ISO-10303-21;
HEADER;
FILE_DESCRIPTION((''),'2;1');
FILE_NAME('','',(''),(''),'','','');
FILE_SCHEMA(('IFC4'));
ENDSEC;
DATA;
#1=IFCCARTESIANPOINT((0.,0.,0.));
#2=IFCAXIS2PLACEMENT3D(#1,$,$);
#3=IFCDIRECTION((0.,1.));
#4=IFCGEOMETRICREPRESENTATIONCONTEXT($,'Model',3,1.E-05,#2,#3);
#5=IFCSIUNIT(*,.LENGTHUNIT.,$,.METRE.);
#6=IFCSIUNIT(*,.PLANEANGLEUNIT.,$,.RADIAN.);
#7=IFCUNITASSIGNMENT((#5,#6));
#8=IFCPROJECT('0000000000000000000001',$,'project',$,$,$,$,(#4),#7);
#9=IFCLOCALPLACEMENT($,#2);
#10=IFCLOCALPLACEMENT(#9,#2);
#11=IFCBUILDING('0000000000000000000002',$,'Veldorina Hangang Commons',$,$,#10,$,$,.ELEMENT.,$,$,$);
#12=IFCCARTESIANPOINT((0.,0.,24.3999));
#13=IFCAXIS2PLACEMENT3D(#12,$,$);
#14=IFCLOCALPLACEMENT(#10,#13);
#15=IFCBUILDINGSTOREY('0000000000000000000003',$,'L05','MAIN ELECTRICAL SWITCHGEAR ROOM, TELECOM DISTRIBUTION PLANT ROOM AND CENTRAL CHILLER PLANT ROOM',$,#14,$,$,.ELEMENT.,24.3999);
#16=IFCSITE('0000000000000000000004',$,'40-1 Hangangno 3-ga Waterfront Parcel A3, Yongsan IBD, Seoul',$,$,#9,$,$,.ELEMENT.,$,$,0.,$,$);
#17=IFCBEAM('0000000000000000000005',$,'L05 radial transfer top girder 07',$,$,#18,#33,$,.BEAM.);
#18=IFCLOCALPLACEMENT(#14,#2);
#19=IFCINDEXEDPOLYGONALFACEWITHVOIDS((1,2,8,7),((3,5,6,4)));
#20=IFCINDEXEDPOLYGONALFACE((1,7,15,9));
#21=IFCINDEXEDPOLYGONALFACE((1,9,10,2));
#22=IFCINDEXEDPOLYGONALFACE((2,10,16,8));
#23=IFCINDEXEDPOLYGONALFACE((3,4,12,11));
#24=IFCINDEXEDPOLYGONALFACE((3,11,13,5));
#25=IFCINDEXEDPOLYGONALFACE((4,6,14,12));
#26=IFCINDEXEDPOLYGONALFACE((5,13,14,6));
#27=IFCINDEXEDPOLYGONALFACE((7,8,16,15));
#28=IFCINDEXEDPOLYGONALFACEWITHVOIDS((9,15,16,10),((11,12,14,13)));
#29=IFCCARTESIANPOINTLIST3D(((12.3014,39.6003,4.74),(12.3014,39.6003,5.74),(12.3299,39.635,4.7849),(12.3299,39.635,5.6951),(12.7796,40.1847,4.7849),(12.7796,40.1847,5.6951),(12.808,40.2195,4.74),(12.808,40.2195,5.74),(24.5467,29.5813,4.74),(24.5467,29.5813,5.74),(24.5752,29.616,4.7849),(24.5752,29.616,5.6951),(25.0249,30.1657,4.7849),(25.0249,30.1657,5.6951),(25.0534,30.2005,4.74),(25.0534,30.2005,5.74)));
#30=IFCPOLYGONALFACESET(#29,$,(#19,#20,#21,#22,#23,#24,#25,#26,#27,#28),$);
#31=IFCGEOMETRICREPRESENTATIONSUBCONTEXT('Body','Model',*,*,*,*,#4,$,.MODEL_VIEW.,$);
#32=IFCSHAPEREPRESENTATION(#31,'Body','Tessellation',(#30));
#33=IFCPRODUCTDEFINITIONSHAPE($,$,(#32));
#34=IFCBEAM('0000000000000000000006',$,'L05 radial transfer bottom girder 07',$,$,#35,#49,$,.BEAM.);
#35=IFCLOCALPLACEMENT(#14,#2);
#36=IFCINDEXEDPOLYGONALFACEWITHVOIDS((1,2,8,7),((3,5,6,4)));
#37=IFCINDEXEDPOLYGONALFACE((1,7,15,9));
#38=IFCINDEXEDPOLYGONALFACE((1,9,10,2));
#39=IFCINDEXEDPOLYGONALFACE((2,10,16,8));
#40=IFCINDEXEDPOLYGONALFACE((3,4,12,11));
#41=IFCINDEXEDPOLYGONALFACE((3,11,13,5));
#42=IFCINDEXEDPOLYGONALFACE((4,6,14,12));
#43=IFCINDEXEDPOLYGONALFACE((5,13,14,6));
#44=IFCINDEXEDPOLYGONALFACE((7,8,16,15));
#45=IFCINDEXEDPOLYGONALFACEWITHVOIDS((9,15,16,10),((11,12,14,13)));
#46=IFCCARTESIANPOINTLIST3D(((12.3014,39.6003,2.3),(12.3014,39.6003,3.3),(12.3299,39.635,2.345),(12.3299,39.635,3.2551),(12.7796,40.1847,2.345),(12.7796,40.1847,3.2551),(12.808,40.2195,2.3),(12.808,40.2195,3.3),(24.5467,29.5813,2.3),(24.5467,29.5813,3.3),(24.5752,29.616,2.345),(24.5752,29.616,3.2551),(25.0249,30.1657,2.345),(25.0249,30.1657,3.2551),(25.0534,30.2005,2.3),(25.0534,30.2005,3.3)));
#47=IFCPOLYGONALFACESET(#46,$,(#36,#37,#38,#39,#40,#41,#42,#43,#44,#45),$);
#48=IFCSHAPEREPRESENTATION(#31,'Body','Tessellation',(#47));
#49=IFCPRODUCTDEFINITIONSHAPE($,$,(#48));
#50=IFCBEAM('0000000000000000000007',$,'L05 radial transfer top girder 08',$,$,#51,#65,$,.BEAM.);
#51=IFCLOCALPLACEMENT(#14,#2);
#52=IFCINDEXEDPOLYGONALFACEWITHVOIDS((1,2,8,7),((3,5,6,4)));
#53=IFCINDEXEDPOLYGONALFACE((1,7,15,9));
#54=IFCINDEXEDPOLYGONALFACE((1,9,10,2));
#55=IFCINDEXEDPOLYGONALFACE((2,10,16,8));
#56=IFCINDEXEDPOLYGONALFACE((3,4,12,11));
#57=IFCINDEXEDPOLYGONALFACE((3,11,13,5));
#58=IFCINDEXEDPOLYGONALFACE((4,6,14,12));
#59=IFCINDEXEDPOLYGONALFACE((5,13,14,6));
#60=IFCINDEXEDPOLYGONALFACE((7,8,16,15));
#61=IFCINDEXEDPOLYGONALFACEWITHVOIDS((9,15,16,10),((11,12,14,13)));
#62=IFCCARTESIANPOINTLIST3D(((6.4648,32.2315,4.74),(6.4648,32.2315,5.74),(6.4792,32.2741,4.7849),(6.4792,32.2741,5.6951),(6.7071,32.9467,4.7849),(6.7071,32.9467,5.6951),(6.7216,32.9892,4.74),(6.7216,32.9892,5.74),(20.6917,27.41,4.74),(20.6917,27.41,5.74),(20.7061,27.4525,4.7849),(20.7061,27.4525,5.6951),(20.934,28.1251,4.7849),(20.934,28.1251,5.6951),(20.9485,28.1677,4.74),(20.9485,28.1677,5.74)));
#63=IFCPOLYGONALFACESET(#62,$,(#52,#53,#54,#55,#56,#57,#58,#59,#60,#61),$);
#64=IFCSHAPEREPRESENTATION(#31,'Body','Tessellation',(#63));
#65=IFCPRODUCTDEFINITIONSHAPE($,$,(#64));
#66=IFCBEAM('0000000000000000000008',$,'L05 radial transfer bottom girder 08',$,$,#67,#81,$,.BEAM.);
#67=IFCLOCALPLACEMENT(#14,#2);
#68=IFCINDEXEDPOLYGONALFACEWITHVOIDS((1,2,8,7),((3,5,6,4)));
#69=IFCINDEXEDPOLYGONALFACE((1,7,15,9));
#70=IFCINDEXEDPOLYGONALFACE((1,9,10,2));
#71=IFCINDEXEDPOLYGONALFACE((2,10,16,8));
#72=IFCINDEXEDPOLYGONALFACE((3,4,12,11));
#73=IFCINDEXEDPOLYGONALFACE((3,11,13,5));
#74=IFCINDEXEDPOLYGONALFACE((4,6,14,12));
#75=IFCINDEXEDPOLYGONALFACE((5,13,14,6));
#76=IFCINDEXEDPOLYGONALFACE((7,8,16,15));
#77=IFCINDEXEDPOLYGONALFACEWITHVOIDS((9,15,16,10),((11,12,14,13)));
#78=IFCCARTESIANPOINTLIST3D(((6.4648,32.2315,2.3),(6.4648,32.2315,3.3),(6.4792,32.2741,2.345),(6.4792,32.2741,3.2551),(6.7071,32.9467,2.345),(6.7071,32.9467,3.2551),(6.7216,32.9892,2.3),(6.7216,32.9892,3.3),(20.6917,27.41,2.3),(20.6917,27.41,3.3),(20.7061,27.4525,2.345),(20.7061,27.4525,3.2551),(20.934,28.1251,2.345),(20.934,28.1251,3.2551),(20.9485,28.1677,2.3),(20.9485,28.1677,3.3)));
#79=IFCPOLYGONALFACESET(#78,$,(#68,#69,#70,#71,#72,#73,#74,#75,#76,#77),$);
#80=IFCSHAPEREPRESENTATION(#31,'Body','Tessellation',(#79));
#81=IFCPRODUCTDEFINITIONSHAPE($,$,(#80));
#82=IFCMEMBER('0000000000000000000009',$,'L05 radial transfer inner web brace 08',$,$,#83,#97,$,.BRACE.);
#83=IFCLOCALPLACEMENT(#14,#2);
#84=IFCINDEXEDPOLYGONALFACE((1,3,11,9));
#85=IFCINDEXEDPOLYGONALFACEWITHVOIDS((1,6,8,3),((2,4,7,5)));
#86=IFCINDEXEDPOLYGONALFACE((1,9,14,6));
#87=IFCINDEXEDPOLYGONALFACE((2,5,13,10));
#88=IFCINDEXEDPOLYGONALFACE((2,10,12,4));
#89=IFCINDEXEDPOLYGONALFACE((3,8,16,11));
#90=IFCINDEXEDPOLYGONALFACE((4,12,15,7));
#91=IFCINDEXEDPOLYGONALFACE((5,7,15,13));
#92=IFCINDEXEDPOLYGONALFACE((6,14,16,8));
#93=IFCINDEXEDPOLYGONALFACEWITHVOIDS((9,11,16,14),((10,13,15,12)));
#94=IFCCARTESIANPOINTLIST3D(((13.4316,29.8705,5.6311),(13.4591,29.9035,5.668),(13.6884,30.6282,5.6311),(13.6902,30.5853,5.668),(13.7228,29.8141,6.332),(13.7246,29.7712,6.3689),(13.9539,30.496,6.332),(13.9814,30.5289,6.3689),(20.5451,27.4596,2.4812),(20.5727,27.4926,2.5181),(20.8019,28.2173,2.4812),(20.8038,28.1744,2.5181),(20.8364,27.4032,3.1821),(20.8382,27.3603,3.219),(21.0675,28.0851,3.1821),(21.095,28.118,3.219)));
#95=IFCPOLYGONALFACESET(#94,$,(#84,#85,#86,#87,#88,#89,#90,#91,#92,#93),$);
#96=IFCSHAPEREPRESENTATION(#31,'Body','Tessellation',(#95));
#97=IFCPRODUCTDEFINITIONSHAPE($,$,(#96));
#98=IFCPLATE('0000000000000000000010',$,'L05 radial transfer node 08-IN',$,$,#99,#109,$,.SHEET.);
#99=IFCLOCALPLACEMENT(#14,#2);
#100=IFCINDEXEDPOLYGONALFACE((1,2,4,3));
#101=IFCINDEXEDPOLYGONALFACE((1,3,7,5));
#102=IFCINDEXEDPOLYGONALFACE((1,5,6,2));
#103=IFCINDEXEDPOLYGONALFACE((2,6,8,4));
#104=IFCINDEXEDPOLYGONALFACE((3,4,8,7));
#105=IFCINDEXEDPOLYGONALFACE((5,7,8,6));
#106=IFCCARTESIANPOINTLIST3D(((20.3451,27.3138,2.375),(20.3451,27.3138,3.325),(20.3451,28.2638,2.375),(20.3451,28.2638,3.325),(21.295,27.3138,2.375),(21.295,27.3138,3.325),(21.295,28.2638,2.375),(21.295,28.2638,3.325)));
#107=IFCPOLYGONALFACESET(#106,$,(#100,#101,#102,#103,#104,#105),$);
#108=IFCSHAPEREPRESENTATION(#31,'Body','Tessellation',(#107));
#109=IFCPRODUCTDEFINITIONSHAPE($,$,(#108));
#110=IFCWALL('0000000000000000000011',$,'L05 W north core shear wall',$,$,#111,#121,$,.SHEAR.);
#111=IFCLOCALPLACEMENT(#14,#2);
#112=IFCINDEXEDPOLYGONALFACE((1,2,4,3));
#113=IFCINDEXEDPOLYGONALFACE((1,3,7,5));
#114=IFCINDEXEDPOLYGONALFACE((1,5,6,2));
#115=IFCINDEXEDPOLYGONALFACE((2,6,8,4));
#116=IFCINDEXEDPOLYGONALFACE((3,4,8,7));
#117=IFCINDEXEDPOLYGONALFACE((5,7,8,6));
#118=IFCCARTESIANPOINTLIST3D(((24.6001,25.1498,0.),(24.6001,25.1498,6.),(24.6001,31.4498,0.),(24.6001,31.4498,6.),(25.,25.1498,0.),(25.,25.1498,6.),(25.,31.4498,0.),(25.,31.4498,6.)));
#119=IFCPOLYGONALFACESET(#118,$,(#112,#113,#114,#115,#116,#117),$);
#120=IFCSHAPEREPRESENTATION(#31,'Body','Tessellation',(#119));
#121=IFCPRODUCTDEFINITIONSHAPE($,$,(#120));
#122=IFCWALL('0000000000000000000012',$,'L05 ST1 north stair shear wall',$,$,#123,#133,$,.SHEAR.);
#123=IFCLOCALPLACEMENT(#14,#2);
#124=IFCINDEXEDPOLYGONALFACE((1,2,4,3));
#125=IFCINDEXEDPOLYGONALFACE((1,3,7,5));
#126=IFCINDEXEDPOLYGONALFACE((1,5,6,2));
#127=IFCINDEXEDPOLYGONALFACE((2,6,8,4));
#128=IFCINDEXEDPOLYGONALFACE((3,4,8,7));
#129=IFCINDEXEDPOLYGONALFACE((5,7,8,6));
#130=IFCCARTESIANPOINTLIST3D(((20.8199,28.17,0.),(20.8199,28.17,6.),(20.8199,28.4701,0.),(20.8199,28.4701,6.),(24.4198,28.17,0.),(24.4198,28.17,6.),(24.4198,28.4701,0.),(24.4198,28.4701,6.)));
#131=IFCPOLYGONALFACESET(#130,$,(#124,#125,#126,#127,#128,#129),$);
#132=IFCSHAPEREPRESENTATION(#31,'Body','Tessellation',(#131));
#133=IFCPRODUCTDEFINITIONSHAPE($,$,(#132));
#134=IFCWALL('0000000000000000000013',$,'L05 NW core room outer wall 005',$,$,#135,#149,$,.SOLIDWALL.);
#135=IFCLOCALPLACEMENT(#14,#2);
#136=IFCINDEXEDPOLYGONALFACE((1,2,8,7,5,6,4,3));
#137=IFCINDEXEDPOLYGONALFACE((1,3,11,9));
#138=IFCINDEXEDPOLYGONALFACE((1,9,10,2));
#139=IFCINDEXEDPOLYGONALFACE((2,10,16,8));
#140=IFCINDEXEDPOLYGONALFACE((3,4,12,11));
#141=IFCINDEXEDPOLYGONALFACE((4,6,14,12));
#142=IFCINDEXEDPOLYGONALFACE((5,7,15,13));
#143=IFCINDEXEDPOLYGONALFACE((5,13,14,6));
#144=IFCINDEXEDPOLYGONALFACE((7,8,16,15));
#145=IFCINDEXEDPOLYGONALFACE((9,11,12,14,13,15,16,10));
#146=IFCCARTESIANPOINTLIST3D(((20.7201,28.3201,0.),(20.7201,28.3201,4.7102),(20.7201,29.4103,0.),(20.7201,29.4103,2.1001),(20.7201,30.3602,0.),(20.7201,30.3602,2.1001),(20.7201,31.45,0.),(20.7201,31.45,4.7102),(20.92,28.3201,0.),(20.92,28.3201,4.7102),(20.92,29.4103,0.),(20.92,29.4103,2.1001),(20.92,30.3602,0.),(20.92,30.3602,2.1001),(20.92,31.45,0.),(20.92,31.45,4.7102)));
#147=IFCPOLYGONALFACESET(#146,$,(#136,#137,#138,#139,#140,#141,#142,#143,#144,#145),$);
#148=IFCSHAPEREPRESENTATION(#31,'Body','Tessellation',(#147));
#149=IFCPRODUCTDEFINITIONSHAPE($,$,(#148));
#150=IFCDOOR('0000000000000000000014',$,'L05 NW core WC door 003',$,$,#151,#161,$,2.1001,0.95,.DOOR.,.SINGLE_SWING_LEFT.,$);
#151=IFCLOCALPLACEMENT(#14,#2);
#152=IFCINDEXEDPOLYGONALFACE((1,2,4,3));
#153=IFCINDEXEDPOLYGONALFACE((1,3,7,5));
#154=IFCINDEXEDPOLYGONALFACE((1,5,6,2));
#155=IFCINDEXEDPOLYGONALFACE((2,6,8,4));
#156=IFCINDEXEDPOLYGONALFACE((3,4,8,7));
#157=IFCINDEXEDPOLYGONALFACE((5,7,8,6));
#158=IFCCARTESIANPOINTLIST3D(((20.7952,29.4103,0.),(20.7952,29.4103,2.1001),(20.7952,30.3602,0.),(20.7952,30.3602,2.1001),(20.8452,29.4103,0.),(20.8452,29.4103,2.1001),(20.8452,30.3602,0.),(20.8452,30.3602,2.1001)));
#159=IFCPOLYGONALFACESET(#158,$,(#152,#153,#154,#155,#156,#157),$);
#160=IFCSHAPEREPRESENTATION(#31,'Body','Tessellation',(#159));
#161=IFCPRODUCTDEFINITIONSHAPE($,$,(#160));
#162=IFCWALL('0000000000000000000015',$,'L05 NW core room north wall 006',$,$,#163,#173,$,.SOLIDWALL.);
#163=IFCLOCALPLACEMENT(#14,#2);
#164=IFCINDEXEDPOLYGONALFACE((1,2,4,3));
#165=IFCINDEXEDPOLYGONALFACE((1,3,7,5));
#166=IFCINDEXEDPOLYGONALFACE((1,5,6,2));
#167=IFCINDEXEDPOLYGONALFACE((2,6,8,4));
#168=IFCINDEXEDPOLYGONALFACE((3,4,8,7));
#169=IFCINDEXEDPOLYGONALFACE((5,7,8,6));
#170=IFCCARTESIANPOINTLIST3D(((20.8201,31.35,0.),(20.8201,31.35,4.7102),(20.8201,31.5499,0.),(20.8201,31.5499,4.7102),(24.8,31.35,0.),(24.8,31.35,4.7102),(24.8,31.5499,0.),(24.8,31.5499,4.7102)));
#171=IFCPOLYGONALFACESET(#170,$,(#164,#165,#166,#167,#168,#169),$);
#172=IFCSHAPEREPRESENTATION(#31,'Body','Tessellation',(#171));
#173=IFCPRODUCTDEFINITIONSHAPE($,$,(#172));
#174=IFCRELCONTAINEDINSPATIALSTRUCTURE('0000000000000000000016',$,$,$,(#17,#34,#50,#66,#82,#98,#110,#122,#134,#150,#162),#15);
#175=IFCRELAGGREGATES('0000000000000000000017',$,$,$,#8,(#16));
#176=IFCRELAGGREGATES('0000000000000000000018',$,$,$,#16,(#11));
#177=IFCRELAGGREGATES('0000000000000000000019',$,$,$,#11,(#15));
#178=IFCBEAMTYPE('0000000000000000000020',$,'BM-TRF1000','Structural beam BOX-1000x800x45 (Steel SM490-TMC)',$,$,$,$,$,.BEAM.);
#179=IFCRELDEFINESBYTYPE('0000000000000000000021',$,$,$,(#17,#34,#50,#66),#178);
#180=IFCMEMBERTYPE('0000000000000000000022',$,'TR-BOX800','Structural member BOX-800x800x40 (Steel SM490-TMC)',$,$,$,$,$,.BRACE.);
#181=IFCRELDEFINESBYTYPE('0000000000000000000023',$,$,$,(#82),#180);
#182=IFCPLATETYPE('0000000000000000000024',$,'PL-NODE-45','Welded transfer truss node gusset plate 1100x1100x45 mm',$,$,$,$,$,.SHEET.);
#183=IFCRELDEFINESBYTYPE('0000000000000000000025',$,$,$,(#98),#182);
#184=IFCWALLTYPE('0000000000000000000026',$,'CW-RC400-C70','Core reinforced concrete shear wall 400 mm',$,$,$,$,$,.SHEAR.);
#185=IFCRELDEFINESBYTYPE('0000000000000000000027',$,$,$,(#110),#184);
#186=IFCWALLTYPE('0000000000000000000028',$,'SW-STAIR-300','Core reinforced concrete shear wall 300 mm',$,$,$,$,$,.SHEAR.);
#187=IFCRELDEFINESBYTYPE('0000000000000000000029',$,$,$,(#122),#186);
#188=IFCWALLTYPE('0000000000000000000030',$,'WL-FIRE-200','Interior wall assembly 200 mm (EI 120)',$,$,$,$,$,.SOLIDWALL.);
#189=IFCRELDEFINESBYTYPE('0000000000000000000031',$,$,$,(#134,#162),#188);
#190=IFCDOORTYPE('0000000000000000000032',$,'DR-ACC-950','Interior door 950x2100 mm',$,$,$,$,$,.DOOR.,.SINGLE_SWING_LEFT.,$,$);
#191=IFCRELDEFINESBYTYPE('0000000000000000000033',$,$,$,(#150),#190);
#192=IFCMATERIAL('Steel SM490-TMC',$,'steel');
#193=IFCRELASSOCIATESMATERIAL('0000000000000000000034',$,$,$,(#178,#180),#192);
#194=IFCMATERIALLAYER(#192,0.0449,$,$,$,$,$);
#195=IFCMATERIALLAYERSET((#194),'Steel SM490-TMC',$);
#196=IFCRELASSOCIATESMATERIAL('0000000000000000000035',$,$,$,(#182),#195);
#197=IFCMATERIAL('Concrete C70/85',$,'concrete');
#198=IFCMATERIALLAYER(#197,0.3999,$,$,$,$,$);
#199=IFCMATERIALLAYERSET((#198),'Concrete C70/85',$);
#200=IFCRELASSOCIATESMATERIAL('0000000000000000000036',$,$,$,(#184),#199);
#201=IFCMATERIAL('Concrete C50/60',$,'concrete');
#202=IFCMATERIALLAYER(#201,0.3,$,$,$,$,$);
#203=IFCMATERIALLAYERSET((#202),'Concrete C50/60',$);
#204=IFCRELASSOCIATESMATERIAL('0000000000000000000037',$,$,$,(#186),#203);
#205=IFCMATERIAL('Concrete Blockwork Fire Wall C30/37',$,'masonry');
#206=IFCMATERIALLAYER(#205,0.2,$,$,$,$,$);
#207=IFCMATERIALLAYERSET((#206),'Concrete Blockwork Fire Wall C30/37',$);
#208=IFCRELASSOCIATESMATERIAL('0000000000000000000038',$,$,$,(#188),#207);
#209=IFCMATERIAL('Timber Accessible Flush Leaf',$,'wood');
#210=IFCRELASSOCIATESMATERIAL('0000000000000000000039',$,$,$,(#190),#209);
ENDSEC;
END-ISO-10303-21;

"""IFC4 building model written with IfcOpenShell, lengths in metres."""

from ifc_helpers import new_model, si_unit, direction, frame, frame_2d, origin, origin_2d, place, context, subcontext, project, spatial, rectangle, hollow_rectangle, extrude, material, layer, layer_set, material_profile, profile_set, type_object, element, fill, save


model = new_model("IFC4")

# Units and contexts
model_context = context("Model", 3, precision=1e-05, world=origin(), true_north=direction((0.0, 1.0)))
body_context = subcontext(model_context, "Body", "Model", "MODEL_VIEW")
ifc_project = project(units=[si_unit("LENGTHUNIT", "METRE"), si_unit("PLANEANGLEUNIT", "RADIAN")], contexts=[model_context])

# Site, building, storey
site_placement = place(None, origin())
site = spatial("IfcSite", under=ifc_project, at=site_placement, Name="40-1 Hangangno 3-ga Waterfront Parcel A3, Yongsan IBD, Seoul", CompositionType="ELEMENT", RefElevation=0.0)
building_placement = place(site_placement, origin())
building = spatial("IfcBuilding", under=site, at=building_placement, Name="Veldorina Hangang Commons", CompositionType="ELEMENT")
storey_placement = place(building_placement, frame((0.0, 0.0, 24.3999)))
storey = spatial("IfcBuildingStorey", under=building, at=storey_placement, Name="L05", Description="MAIN ELECTRICAL SWITCHGEAR ROOM, TELECOM DISTRIBUTION PLANT ROOM AND CENTRAL CHILLER PLANT ROOM", CompositionType="ELEMENT", Elevation=24.3999)

# Beams
ifc_material_1 = material(Name="Steel SM490-TMC", Category="steel")
ifc_material_profile_1 = material_profile(ifc_material_1, hollow_rectangle(XDim=0.8, YDim=1.0, WallThickness=0.0449, at=origin_2d()), Name="BOX-1000x800x45")
ifc_profile_set_1 = profile_set([ifc_material_profile_1], Name="Steel SM490-TMC")
beam_type = type_object("IfcBeamType", Name="BM-TRF1000", Description="Structural beam BOX-1000x800x45 (Steel SM490-TMC)", PredefinedType="BEAM", material=ifc_profile_set_1)
for number, where, z_axis, x_axis, name in (
    (1, (24.8, 29.8909, 5.24), (-0.773954, 0.633242, 0.0), (-0.633242, -0.773954, 0.0), "L05 radial transfer top girder 07"),
    (2, (24.8, 29.8909, 2.8), (-0.773954, 0.633242, 0.0), (-0.633242, -0.773954, 0.0), "L05 radial transfer bottom girder 07"),
):
    element("IfcBeam", number, at=place(storey_placement, frame(where, z_axis=z_axis, x_axis=x_axis)), inside=storey, type_object=beam_type, Name=name, PredefinedType="BEAM", context=body_context, shape_type="SweptSolid", body=[
        extrude(hollow_rectangle(XDim=0.8, YDim=1.0, WallThickness=0.0449, at=origin_2d()), origin(), (0.0, 0.0, 1.0), 15.8218),
    ])
for number, where, z_axis, x_axis, name in (
    (3, (20.8201, 27.7888, 5.24), (-0.947088, 0.320973, 0.0), (-0.320973, -0.947088, 0.0), "L05 radial transfer top girder 08"),
    (4, (20.8201, 27.7888, 2.8), (-0.947088, 0.320973, 0.0), (-0.320973, -0.947088, 0.0), "L05 radial transfer bottom girder 08"),
):
    element("IfcBeam", number, at=place(storey_placement, frame(where, z_axis=z_axis, x_axis=x_axis)), inside=storey, type_object=beam_type, Name=name, PredefinedType="BEAM", context=body_context, shape_type="SweptSolid", body=[
        extrude(hollow_rectangle(XDim=0.8, YDim=1.0, WallThickness=0.0449, at=origin_2d()), origin(), (0.0, 0.0, 1.0), 15.0217),
    ])

# Member
ifc_material_profile_2 = material_profile(ifc_material_1, hollow_rectangle(XDim=0.8, YDim=0.8, WallThickness=0.04, at=origin_2d()), Name="BOX-800x800x40")
ifc_profile_set_2 = profile_set([ifc_material_profile_2], Name="Steel SM490-TMC")
member_type = type_object("IfcMemberType", Name="TR-BOX800", Description="Structural member BOX-800x800x40 (Steel SM490-TMC)", PredefinedType="BRACE", material=ifc_profile_set_2)
member_placement = place(storey_placement, frame((20.8201, 27.7888, 2.8501), z_axis=(-0.873391, 0.296006, 0.386741), x_axis=(-0.320982, -0.947085, 0.0)))
element("IfcMember", 5, at=member_placement, inside=storey, type_object=member_type, Name="L05 radial transfer inner web brace 08", PredefinedType="BRACE", context=body_context, shape_type="SweptSolid", body=[
    extrude(hollow_rectangle(XDim=0.8, YDim=0.8, WallThickness=0.04, at=origin_2d()), origin(), (0.0, 0.0, 1.0), 8.1448),
])

# Plate
ifc_layer_1 = layer(ifc_material_1, 0.0449)
ifc_layer_set_1 = layer_set([ifc_layer_1], Name="Steel SM490-TMC")
plate_type = type_object("IfcPlateType", Name="PL-NODE-45", Description="Welded transfer truss node gusset plate 1100x1100x45 mm", PredefinedType="SHEET", material=ifc_layer_set_1)
plate_placement = place(storey_placement, frame((20.8201, 27.7888, 2.375), z_axis=(0.0, 0.0, 1.0), x_axis=(1.0, 0.0, 0.0)))
element("IfcPlate", 6, at=plate_placement, inside=storey, type_object=plate_type, Name="L05 radial transfer node 08-IN", PredefinedType="SHEET", context=body_context, shape_type="SweptSolid", body=[
    extrude(rectangle(XDim=0.95, YDim=0.95, at=origin_2d()), origin(), (0.0, 0.0, 1.0), 0.95),
])

# Walls
ifc_material_2 = material(Name="Concrete C70/85", Category="concrete")
ifc_layer_2 = layer(ifc_material_2, 0.3999)
ifc_layer_set_2 = layer_set([ifc_layer_2], Name="Concrete C70/85")
wall_type_1 = type_object("IfcWallType", Name="CW-RC400-C70", Description="Core reinforced concrete shear wall 400 mm", PredefinedType="SHEAR", material=ifc_layer_set_2)
wall_1_placement = place(storey_placement, frame((24.8, 25.1499, 0.0), z_axis=(0.0, 0.0, 1.0), x_axis=(0.0, 1.0, 0.0)))
element("IfcWall", 7, at=wall_1_placement, inside=storey, type_object=wall_type_1, Name="L05 W north core shear wall", PredefinedType="SHEAR", context=body_context, shape_type="SweptSolid", body=[
    extrude(rectangle(XDim=6.3, YDim=0.3999, at=frame_2d((3.1499, 0.0))), origin(), (0.0, 0.0, 1.0), 6.0),
])
ifc_material_3 = material(Name="Concrete C50/60", Category="concrete")
ifc_layer_3 = layer(ifc_material_3, 0.3)
ifc_layer_set_3 = layer_set([ifc_layer_3], Name="Concrete C50/60")
wall_type_2 = type_object("IfcWallType", Name="SW-STAIR-300", Description="Core reinforced concrete shear wall 300 mm", PredefinedType="SHEAR", material=ifc_layer_set_3)
wall_2_placement = place(storey_placement, frame((20.8201, 28.3201, 0.0), z_axis=(0.0, 0.0, 1.0), x_axis=(1.0, 0.0, 0.0)))
element("IfcWall", 8, at=wall_2_placement, inside=storey, type_object=wall_type_2, Name="L05 ST1 north stair shear wall", PredefinedType="SHEAR", context=body_context, shape_type="SweptSolid", body=[
    extrude(rectangle(XDim=3.5999, YDim=0.3, at=frame_2d((1.7998, 0.0))), origin(), (0.0, 0.0, 1.0), 6.0),
])

# Wall, opening, door
ifc_material_4 = material(Name="Concrete Blockwork Fire Wall C30/37", Category="masonry")
ifc_layer_4 = layer(ifc_material_4, 0.2)
ifc_layer_set_4 = layer_set([ifc_layer_4], Name="Concrete Blockwork Fire Wall C30/37")
wall_type_3 = type_object("IfcWallType", Name="WL-FIRE-200", Description="Interior wall assembly 200 mm (EI 120)", PredefinedType="SOLIDWALL", material=ifc_layer_set_4)
wall_3_placement = place(storey_placement, frame((20.8201, 28.3201, 0.0), z_axis=(0.0, 0.0, 1.0), x_axis=(0.0, 1.0, 0.0)))
wall_3 = element("IfcWall", 9, at=wall_3_placement, inside=storey, type_object=wall_type_3, Name="L05 NW core room outer wall 005", PredefinedType="SOLIDWALL", context=body_context, shape_type="SweptSolid", body=[
    extrude(rectangle(XDim=3.1299, YDim=0.2, at=frame_2d((1.5649, 0.0))), origin(), (0.0, 0.0, 1.0), 4.7102),
])
opening_placement = place(wall_3_placement, frame((1.0901, 0.0, 0.0)))
opening = element("IfcOpeningElement", 10, at=opening_placement, cuts=wall_3, PredefinedType="OPENING", context=body_context, shape_type="SweptSolid", body=[
    extrude(rectangle(XDim=0.95, YDim=2.1001, at=frame_2d((0.4751, 1.05))), frame((0.0, 0.1099, 0.0), z_axis=(0.0, -1.0, 0.0), x_axis=(1.0, 0.0, 0.0)), (0.0, 0.0, 1.0), 0.22),
])
ifc_material_5 = material(Name="Timber Accessible Flush Leaf", Category="wood")
door_type = type_object("IfcDoorType", Name="DR-ACC-950", Description="Interior door 950x2100 mm", OperationType="SINGLE_SWING_LEFT", PredefinedType="DOOR", material=ifc_material_5)
door_placement = place(opening_placement, origin())
door = element("IfcDoor", 11, at=door_placement, inside=storey, type_object=door_type, Name="L05 NW core WC door 003", OperationType="SINGLE_SWING_LEFT", OverallHeight=2.1001, OverallWidth=0.95, PredefinedType="DOOR", context=body_context, shape_type="SweptSolid", body=[
    extrude(rectangle(XDim=0.95, YDim=2.1001, at=frame_2d((0.4751, 1.05))), frame((0.0, 0.0249, 0.0), z_axis=(0.0, -1.0, 0.0), x_axis=(1.0, 0.0, 0.0)), (0.0, 0.0, 1.0), 0.05),
])
fill(opening, door)

# Wall
wall_4_placement = place(storey_placement, frame((20.8201, 31.45, 0.0), z_axis=(0.0, 0.0, 1.0), x_axis=(1.0, 0.0, 0.0)))
element("IfcWall", 12, at=wall_4_placement, inside=storey, type_object=wall_type_3, Name="L05 NW core room north wall 006", PredefinedType="SOLIDWALL", context=body_context, shape_type="SweptSolid", body=[
    extrude(rectangle(XDim=3.98, YDim=0.2, at=frame_2d((1.99, 0.0))), origin(), (0.0, 0.0, 1.0), 4.7102),
])

save(model, "model.ifc")
